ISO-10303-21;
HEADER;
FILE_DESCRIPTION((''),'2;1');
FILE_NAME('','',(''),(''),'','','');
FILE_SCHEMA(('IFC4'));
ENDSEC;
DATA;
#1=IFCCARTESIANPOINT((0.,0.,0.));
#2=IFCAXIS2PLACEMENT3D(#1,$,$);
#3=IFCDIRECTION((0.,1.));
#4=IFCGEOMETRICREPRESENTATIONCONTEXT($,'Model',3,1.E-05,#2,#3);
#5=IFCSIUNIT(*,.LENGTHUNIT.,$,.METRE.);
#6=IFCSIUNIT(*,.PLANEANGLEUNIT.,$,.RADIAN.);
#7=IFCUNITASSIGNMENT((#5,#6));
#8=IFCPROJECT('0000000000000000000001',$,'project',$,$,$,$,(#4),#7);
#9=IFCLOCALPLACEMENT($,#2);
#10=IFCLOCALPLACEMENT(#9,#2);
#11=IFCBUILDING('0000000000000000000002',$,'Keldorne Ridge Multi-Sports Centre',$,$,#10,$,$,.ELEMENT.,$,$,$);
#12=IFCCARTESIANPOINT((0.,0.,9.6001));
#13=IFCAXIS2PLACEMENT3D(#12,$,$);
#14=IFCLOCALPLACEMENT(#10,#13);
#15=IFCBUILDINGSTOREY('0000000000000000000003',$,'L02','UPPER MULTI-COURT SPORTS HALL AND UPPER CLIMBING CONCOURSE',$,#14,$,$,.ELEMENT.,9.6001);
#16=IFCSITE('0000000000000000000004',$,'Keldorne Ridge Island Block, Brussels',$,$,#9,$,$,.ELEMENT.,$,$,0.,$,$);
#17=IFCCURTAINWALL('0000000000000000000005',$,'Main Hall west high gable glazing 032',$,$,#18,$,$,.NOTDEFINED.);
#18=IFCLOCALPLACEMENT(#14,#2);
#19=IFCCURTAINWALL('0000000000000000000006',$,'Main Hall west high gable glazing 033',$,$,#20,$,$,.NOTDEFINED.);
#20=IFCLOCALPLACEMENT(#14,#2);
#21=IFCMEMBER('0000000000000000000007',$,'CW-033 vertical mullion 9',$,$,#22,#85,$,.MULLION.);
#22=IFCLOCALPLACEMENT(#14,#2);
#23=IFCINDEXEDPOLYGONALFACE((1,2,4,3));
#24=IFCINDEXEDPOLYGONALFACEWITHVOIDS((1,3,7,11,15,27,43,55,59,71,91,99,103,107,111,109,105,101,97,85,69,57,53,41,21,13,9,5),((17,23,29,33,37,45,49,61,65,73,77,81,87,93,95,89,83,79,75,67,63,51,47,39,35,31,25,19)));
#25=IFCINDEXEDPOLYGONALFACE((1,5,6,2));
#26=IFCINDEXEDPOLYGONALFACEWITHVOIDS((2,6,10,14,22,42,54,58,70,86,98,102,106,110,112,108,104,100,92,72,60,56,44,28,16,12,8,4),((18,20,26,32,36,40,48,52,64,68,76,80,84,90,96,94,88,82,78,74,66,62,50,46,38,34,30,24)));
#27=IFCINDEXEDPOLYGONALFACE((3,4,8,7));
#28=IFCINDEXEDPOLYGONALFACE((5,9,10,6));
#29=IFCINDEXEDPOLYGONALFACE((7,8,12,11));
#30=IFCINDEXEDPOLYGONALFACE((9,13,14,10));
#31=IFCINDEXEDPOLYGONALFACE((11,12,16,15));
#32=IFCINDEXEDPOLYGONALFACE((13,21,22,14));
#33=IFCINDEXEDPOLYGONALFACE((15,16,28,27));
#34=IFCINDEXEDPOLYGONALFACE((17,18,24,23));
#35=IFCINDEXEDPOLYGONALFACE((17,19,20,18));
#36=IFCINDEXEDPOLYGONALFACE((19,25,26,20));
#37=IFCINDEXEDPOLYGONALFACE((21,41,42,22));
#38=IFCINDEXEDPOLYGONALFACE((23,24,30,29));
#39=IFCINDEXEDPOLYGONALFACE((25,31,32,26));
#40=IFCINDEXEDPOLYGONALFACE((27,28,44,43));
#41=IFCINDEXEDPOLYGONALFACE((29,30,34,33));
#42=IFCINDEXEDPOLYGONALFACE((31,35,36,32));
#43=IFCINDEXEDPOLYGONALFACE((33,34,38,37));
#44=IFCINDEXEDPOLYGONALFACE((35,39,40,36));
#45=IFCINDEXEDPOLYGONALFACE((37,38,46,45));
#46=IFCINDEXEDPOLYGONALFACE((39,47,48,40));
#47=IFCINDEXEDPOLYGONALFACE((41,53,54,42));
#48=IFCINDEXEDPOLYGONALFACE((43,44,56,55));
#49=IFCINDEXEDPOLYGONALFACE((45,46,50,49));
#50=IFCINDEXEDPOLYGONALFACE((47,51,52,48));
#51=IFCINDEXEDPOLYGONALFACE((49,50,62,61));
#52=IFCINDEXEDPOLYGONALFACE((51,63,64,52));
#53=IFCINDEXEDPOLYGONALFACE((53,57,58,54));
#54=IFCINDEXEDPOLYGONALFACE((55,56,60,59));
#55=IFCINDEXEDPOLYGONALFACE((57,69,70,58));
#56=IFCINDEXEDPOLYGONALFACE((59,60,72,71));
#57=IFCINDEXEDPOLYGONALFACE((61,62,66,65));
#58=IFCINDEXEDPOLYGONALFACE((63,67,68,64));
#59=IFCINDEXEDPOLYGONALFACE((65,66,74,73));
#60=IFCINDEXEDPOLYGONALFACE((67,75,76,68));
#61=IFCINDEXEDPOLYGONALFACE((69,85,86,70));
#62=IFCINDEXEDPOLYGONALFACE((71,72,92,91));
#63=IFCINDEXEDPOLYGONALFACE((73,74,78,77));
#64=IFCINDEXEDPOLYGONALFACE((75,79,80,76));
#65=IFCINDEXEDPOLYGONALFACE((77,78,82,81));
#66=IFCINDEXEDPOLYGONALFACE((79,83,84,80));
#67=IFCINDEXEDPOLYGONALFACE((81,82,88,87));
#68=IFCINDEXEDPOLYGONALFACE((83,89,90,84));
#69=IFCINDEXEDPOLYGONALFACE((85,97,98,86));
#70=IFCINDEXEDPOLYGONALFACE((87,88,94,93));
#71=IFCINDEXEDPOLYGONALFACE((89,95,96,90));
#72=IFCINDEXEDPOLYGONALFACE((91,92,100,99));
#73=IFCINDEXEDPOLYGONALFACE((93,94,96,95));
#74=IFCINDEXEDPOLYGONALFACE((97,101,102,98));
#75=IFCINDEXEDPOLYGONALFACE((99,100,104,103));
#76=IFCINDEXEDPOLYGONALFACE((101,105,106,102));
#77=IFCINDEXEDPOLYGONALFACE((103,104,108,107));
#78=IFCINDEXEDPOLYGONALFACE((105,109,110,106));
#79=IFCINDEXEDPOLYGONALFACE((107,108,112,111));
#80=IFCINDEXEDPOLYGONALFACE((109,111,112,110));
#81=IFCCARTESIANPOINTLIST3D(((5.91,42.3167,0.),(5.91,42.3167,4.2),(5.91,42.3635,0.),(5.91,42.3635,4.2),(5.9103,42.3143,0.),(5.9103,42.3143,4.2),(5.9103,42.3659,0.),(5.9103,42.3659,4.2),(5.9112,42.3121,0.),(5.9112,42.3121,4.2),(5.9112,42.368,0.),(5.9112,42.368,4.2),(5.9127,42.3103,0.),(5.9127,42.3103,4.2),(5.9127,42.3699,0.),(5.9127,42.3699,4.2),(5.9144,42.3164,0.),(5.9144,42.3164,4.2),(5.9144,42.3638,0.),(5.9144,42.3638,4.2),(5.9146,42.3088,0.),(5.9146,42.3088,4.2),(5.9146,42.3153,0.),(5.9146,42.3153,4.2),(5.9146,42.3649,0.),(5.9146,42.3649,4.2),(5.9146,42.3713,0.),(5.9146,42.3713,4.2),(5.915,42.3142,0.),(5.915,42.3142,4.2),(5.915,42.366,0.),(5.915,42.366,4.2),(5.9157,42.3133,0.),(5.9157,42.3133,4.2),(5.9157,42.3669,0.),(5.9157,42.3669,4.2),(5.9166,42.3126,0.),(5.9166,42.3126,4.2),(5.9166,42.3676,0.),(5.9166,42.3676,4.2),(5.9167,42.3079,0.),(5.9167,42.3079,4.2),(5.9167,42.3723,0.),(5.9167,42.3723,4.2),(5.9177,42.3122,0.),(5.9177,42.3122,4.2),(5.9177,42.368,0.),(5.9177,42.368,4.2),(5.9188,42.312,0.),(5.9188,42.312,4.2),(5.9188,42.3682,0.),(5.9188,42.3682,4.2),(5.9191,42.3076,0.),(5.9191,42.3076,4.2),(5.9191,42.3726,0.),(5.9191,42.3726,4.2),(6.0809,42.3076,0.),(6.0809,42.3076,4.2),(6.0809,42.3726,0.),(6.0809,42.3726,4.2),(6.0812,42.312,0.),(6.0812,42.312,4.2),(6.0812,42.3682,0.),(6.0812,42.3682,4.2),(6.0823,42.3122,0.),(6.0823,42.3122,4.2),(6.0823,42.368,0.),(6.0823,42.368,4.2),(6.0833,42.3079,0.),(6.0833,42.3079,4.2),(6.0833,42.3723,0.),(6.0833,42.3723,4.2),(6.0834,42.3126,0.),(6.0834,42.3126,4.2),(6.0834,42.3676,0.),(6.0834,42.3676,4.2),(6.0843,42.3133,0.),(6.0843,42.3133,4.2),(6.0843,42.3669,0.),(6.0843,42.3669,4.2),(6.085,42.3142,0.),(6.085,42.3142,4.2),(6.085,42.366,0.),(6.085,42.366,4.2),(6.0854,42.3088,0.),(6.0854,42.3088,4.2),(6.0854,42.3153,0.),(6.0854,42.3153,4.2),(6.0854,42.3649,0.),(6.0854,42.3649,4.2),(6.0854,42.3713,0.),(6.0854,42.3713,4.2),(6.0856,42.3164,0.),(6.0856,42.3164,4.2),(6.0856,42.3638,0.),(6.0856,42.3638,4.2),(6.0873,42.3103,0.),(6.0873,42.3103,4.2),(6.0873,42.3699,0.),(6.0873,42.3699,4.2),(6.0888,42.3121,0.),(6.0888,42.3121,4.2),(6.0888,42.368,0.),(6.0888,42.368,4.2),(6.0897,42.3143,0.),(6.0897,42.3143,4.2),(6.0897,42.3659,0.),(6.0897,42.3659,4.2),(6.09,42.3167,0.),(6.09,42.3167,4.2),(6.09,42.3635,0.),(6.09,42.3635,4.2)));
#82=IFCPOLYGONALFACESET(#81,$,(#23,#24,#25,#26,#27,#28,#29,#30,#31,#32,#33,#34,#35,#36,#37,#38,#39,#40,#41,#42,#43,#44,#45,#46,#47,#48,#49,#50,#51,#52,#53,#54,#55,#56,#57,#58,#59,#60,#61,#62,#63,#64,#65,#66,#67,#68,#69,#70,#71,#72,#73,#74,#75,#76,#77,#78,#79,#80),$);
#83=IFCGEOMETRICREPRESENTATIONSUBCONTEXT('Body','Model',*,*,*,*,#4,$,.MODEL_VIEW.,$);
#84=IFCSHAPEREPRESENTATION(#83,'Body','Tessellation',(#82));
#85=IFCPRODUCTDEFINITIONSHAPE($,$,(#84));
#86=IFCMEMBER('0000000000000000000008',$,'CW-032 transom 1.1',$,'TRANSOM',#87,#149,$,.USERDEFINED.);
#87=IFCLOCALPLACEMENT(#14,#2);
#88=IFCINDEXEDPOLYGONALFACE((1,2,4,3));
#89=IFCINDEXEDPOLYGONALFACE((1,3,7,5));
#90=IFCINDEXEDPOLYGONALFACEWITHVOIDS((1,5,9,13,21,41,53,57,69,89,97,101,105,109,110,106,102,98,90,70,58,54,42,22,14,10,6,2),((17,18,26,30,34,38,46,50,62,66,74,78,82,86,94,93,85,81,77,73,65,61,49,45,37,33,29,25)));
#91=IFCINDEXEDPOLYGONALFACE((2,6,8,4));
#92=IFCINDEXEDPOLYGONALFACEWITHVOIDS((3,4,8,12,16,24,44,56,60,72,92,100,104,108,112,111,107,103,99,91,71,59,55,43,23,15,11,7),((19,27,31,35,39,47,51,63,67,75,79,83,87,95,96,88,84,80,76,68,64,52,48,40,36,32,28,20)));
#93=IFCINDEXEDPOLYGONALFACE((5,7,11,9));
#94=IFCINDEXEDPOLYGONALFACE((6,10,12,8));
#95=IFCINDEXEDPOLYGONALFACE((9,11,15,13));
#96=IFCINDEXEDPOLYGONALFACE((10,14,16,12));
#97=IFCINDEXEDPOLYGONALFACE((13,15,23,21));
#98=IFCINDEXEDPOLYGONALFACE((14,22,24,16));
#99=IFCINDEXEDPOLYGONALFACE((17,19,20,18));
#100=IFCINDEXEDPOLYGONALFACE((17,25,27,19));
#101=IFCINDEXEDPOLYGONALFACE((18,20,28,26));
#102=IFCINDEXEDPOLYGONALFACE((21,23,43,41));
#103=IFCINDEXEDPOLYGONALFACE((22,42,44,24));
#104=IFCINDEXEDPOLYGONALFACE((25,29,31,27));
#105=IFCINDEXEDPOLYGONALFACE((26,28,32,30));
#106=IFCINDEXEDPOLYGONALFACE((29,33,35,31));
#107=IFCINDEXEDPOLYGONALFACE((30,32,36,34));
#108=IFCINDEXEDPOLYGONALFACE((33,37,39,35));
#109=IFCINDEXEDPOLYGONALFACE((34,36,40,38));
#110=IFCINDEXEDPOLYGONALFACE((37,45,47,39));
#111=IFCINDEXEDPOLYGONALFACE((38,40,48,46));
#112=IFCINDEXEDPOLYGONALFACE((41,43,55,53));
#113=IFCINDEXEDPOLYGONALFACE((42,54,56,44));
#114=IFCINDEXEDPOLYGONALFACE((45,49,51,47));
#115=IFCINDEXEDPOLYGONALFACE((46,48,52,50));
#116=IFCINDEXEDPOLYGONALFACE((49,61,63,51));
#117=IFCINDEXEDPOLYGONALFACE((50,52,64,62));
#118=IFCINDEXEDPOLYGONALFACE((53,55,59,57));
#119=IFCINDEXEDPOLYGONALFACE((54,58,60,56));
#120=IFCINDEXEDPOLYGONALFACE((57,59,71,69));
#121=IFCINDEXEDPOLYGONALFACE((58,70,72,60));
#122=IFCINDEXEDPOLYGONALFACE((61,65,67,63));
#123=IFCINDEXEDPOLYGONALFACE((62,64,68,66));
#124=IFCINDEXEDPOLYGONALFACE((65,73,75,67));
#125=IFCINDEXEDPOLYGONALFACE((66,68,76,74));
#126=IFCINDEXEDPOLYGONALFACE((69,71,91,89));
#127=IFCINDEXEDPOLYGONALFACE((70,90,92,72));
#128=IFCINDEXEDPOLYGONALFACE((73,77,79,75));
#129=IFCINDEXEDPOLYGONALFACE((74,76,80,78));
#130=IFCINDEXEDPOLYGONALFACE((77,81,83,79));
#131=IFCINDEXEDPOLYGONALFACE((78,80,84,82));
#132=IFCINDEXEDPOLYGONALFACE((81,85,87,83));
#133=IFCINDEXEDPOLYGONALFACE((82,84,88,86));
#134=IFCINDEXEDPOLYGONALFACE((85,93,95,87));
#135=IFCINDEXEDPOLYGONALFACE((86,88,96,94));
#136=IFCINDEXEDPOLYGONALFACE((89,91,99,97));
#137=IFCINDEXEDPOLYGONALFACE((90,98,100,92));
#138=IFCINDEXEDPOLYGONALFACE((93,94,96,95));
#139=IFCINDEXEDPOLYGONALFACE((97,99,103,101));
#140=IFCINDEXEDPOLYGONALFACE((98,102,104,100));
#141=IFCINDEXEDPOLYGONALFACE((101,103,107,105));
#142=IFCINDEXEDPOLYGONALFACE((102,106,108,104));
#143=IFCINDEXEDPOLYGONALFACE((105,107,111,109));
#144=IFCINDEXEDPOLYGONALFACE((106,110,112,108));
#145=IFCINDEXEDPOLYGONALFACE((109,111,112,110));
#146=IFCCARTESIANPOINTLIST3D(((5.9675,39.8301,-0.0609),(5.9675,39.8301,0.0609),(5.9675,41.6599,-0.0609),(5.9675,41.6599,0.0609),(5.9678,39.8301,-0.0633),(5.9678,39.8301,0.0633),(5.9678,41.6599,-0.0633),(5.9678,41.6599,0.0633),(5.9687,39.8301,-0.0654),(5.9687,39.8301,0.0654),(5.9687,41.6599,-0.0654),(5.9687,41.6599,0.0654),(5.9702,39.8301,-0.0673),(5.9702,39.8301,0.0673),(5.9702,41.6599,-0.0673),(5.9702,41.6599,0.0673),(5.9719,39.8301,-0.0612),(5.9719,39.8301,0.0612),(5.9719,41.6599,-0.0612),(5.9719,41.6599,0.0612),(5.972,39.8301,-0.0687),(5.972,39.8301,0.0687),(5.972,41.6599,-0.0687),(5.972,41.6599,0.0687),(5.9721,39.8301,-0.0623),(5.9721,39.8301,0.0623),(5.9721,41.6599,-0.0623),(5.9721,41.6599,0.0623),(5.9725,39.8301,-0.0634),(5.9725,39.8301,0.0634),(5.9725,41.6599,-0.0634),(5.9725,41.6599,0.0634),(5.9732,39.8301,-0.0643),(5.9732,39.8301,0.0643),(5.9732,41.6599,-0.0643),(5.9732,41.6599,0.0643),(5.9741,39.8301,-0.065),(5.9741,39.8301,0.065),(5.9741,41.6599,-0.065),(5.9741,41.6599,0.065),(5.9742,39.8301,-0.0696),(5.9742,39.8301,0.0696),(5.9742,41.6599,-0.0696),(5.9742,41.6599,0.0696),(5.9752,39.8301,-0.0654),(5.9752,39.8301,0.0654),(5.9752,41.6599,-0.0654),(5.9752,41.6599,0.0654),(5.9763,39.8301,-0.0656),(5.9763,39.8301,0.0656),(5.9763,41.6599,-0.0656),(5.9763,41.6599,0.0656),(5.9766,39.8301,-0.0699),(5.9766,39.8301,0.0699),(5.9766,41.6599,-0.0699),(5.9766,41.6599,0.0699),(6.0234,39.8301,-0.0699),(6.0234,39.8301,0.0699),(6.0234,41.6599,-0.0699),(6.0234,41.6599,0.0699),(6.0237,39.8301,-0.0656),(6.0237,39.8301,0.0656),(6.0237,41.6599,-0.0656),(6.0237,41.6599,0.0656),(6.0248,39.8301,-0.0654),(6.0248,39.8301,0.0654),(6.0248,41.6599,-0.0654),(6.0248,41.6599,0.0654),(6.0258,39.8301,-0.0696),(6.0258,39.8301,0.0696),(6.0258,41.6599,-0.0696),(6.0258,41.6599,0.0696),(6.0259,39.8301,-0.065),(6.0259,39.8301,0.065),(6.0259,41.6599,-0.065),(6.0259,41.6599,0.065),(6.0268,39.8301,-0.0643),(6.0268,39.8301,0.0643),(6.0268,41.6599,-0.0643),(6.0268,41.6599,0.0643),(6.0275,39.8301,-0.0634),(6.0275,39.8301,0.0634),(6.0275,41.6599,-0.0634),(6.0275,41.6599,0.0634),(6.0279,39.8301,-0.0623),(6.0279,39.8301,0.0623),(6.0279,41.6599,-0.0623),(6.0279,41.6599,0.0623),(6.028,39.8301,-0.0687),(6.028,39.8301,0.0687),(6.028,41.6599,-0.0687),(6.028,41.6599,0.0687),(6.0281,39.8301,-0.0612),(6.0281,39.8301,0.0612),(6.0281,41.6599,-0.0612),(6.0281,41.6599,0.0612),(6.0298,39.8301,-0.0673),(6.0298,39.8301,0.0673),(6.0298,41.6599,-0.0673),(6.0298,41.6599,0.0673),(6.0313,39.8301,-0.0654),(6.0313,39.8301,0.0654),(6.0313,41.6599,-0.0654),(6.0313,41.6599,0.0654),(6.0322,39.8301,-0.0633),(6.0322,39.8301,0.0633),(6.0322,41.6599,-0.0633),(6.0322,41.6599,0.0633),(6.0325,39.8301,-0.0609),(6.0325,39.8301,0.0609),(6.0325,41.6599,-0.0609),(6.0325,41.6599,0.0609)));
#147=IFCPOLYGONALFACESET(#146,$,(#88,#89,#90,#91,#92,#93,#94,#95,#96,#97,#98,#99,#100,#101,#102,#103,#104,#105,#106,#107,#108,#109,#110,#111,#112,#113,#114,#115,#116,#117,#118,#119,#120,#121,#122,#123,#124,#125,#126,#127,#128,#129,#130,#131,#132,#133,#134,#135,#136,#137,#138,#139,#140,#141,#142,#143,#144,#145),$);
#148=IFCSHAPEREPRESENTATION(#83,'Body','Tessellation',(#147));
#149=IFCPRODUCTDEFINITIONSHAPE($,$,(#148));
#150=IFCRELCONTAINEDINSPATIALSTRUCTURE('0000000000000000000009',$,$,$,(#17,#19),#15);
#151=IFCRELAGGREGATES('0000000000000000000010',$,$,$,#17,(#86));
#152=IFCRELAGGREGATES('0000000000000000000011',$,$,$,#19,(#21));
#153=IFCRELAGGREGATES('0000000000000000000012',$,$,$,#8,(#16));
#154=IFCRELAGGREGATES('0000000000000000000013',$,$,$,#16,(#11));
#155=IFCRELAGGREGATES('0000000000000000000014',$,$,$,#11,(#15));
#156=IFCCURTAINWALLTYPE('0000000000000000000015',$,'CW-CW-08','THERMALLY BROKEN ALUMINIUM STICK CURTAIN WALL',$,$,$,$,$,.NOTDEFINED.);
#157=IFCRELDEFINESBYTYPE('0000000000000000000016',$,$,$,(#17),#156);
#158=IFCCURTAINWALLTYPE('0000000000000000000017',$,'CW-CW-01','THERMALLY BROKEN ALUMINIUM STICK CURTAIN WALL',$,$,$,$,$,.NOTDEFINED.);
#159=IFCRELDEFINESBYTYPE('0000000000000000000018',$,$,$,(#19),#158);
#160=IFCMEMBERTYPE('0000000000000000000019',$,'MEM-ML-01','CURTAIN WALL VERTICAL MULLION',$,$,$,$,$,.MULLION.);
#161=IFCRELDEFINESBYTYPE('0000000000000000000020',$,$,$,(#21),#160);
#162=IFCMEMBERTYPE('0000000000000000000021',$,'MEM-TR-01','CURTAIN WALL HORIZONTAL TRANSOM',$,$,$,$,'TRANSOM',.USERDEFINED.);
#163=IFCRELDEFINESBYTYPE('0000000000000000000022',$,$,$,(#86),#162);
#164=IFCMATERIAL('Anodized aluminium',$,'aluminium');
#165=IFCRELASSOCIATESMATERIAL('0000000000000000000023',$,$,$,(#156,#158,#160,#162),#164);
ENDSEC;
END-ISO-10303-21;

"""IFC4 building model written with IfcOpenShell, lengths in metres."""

from ifc_helpers import new_model, si_unit, direction, frame, origin, origin_2d, place, context, subcontext, project, spatial, hollow_rectangle, extrude, material, material_profile, profile_set, type_object, element, aggregate, save


model = new_model("IFC4")

# Units and contexts
model_context = context("Model", 3, precision=1e-05, world=origin(), true_north=direction((0.0, 1.0)))
body_context = subcontext(model_context, "Body", "Model", "MODEL_VIEW")
ifc_project = project(units=[si_unit("LENGTHUNIT", "METRE"), si_unit("PLANEANGLEUNIT", "RADIAN")], contexts=[model_context])

# Site, building, storey
site_placement = place(None, origin())
site = spatial("IfcSite", under=ifc_project, at=site_placement, Name="Keldorne Ridge Island Block, Brussels", CompositionType="ELEMENT", RefElevation=0.0)
building_placement = place(site_placement, origin())
building = spatial("IfcBuilding", under=site, at=building_placement, Name="Keldorne Ridge Multi-Sports Centre", CompositionType="ELEMENT")
storey_placement = place(building_placement, frame((0.0, 0.0, 9.6001)))
storey = spatial("IfcBuildingStorey", under=building, at=storey_placement, Name="L02", Description="UPPER MULTI-COURT SPORTS HALL AND UPPER CLIMBING CONCOURSE", CompositionType="ELEMENT", Elevation=9.6001)

# Curtain walls, member
ifc_material_1 = material(Name="Anodized aluminium", Category="aluminium")
curtain_wall_type_1 = type_object("IfcCurtainWallType", Name="CW-CW-08", Description="THERMALLY BROKEN ALUMINIUM STICK CURTAIN WALL", PredefinedType="NOTDEFINED", material=ifc_material_1)
curtain_wall_1_placement = place(storey_placement, origin())
curtain_wall_1 = element("IfcCurtainWall", 1, at=curtain_wall_1_placement, inside=storey, type_object=curtain_wall_type_1, Name="Main Hall west high gable glazing 032", PredefinedType="NOTDEFINED")
ifc_material_profile_1 = material_profile(ifc_material_1, hollow_rectangle(XDim=0.0649, YDim=0.1799, WallThickness=0.0044, InnerFilletRadius=0.0044, OuterFilletRadius=0.009, at=origin_2d()), Name="ALU MULLION 180x65x4.5")
ifc_profile_set_1 = profile_set([ifc_material_profile_1], Name="Anodized aluminium")
member_type_1 = type_object("IfcMemberType", Name="MEM-ML-01", Description="CURTAIN WALL VERTICAL MULLION", PredefinedType="MULLION", material=ifc_profile_set_1)
curtain_wall_type_2 = type_object("IfcCurtainWallType", Name="CW-CW-01", Description="THERMALLY BROKEN ALUMINIUM STICK CURTAIN WALL", PredefinedType="NOTDEFINED", material=ifc_material_1)
curtain_wall_2_placement = place(storey_placement, origin())
curtain_wall_2 = element("IfcCurtainWall", 2, at=curtain_wall_2_placement, inside=storey, type_object=curtain_wall_type_2, Name="Main Hall west high gable glazing 033", PredefinedType="NOTDEFINED")
member_1_placement = place(storey_placement, frame((6.0, 42.3401, 0.0), z_axis=(0.0, 0.0, 1.0), x_axis=(0.0, 1.0, 0.0)))
member_1 = element("IfcMember", 3, at=member_1_placement, type_object=member_type_1, Name="CW-033 vertical mullion 9", PredefinedType="MULLION", context=body_context, shape_type="SweptSolid", body=[
    extrude(hollow_rectangle(XDim=0.0649, YDim=0.1799, WallThickness=0.0044, InnerFilletRadius=0.0044, OuterFilletRadius=0.009, at=origin_2d()), origin(), (0.0, 0.0, 1.0), 4.2),
])

# Member
ifc_material_profile_2 = material_profile(ifc_material_1, hollow_rectangle(XDim=0.0649, YDim=0.1399, WallThickness=0.0044, InnerFilletRadius=0.0044, OuterFilletRadius=0.009, at=origin_2d()), Name="ALU TRANSOM 140x65x4.5")
ifc_profile_set_2 = profile_set([ifc_material_profile_2], Name="Anodized aluminium")
member_type_2 = type_object("IfcMemberType", Name="MEM-TR-01", Description="CURTAIN WALL HORIZONTAL TRANSOM", ElementType="TRANSOM", PredefinedType="USERDEFINED", material=ifc_profile_set_2)
member_2_placement = place(storey_placement, frame((6.0, 41.6599, 0.0), z_axis=(0.0, -1.0, 0.0), x_axis=(1.0, 0.0, 0.0)))
member_2 = element("IfcMember", 4, at=member_2_placement, type_object=member_type_2, Name="CW-032 transom 1.1", ObjectType="TRANSOM", PredefinedType="USERDEFINED", context=body_context, shape_type="SweptSolid", body=[
    extrude(hollow_rectangle(XDim=0.0649, YDim=0.1399, WallThickness=0.0044, InnerFilletRadius=0.0044, OuterFilletRadius=0.009, at=origin_2d()), origin(), (0.0, 0.0, 1.0), 1.8298),
])

aggregate(curtain_wall_1, [member_2])
aggregate(curtain_wall_2, [member_1])

save(model, "model.ifc")
